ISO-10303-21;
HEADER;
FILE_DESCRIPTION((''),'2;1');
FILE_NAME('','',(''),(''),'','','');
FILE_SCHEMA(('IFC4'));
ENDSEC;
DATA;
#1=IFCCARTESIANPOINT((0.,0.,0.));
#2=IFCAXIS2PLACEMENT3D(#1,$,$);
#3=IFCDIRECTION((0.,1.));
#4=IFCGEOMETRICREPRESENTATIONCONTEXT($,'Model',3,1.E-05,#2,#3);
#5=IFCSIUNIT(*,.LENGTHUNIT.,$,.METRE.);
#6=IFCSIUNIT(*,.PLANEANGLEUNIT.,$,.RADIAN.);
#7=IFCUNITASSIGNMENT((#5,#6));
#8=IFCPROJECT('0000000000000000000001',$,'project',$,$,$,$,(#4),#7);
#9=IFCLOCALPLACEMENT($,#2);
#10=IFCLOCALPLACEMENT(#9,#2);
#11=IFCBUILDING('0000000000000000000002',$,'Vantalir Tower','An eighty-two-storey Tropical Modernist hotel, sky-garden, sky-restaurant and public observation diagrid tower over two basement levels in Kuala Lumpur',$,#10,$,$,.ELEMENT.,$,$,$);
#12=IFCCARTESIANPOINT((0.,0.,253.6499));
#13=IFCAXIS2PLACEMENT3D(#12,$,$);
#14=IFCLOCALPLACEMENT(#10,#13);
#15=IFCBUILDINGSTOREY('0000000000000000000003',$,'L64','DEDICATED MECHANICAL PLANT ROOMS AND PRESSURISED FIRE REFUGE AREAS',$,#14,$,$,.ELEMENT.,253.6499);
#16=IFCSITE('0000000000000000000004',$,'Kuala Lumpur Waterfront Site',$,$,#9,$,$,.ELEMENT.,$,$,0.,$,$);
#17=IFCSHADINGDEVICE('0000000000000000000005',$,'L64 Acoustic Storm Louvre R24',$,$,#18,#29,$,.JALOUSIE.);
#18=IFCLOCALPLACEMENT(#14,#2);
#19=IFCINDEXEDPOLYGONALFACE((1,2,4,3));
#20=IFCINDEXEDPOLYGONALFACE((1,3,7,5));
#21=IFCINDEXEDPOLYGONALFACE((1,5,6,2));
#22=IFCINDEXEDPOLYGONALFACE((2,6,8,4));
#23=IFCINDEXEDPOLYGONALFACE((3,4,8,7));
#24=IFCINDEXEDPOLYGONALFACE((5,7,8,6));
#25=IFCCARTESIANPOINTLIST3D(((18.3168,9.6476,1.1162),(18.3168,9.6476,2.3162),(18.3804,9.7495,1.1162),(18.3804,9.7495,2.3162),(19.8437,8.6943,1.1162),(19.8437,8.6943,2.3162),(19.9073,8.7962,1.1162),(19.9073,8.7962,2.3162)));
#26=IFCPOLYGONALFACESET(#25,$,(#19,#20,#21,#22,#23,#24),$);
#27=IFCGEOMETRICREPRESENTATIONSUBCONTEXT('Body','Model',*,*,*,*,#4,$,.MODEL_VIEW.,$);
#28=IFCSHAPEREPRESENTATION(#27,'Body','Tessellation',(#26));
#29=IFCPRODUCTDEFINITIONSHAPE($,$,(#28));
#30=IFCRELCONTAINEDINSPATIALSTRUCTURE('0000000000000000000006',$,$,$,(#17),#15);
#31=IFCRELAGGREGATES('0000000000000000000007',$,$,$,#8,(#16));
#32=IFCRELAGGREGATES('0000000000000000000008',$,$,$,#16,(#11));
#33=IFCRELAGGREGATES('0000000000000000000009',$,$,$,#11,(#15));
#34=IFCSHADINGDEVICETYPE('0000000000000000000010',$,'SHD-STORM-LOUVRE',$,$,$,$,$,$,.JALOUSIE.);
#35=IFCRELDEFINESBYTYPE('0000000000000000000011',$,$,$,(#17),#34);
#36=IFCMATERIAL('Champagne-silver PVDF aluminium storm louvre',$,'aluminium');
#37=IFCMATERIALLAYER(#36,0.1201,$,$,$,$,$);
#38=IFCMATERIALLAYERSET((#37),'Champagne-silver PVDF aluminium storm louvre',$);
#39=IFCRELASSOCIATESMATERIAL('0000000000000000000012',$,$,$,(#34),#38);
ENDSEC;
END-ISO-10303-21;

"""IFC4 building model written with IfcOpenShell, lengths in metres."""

from ifc_helpers import new_model, si_unit, direction, frame, origin, origin_2d, place, context, subcontext, project, spatial, rectangle, extrude, material, layer, layer_set, type_object, element, save


model = new_model("IFC4")

# Units and contexts
model_context = context("Model", 3, precision=1e-05, world=origin(), true_north=direction((0.0, 1.0)))
body_context = subcontext(model_context, "Body", "Model", "MODEL_VIEW")
ifc_project = project(units=[si_unit("LENGTHUNIT", "METRE"), si_unit("PLANEANGLEUNIT", "RADIAN")], contexts=[model_context])

# Site, building, storey
site_placement = place(None, origin())
site = spatial("IfcSite", under=ifc_project, at=site_placement, Name="Kuala Lumpur Waterfront Site", CompositionType="ELEMENT", RefElevation=0.0)
building_placement = place(site_placement, origin())
building = spatial("IfcBuilding", under=site, at=building_placement, Name="Vantalir Tower", Description="An eighty-two-storey Tropical Modernist hotel, sky-garden, sky-restaurant and public observation diagrid tower over two basement levels in Kuala Lumpur", CompositionType="ELEMENT")
storey_placement = place(building_placement, frame((0.0, 0.0, 253.6499)))
storey = spatial("IfcBuildingStorey", under=building, at=storey_placement, Name="L64", Description="DEDICATED MECHANICAL PLANT ROOMS AND PRESSURISED FIRE REFUGE AREAS", CompositionType="ELEMENT", Elevation=253.6499)

# Shading device
ifc_material_1 = material(Name="Champagne-silver PVDF aluminium storm louvre", Category="aluminium")
ifc_layer_1 = layer(ifc_material_1, 0.1201)
ifc_layer_set_1 = layer_set([ifc_layer_1], Name="Champagne-silver PVDF aluminium storm louvre")
shading_device_type = type_object("IfcShadingDeviceType", Name="SHD-STORM-LOUVRE", PredefinedType="JALOUSIE", material=ifc_layer_set_1)
for number, where, z_axis, x_axis, name in (
    (1, (19.1121, 9.2219, 1.1162), (0.0, 0.0, 1.0), (0.848242, -0.529608, 0.0), "L64 Acoustic Storm Louvre R24"),
):
    element("IfcShadingDevice", number, at=place(storey_placement, frame(where, z_axis=z_axis, x_axis=x_axis)), inside=storey, type_object=shading_device_type, Name=name, PredefinedType="JALOUSIE", context=body_context, shape_type="SweptSolid", body=[
        extrude(rectangle(XDim=1.8, YDim=0.1201, at=origin_2d()), origin(), (0.0, 0.0, 1.0), 1.2),
    ])

save(model, "model.ifc")
